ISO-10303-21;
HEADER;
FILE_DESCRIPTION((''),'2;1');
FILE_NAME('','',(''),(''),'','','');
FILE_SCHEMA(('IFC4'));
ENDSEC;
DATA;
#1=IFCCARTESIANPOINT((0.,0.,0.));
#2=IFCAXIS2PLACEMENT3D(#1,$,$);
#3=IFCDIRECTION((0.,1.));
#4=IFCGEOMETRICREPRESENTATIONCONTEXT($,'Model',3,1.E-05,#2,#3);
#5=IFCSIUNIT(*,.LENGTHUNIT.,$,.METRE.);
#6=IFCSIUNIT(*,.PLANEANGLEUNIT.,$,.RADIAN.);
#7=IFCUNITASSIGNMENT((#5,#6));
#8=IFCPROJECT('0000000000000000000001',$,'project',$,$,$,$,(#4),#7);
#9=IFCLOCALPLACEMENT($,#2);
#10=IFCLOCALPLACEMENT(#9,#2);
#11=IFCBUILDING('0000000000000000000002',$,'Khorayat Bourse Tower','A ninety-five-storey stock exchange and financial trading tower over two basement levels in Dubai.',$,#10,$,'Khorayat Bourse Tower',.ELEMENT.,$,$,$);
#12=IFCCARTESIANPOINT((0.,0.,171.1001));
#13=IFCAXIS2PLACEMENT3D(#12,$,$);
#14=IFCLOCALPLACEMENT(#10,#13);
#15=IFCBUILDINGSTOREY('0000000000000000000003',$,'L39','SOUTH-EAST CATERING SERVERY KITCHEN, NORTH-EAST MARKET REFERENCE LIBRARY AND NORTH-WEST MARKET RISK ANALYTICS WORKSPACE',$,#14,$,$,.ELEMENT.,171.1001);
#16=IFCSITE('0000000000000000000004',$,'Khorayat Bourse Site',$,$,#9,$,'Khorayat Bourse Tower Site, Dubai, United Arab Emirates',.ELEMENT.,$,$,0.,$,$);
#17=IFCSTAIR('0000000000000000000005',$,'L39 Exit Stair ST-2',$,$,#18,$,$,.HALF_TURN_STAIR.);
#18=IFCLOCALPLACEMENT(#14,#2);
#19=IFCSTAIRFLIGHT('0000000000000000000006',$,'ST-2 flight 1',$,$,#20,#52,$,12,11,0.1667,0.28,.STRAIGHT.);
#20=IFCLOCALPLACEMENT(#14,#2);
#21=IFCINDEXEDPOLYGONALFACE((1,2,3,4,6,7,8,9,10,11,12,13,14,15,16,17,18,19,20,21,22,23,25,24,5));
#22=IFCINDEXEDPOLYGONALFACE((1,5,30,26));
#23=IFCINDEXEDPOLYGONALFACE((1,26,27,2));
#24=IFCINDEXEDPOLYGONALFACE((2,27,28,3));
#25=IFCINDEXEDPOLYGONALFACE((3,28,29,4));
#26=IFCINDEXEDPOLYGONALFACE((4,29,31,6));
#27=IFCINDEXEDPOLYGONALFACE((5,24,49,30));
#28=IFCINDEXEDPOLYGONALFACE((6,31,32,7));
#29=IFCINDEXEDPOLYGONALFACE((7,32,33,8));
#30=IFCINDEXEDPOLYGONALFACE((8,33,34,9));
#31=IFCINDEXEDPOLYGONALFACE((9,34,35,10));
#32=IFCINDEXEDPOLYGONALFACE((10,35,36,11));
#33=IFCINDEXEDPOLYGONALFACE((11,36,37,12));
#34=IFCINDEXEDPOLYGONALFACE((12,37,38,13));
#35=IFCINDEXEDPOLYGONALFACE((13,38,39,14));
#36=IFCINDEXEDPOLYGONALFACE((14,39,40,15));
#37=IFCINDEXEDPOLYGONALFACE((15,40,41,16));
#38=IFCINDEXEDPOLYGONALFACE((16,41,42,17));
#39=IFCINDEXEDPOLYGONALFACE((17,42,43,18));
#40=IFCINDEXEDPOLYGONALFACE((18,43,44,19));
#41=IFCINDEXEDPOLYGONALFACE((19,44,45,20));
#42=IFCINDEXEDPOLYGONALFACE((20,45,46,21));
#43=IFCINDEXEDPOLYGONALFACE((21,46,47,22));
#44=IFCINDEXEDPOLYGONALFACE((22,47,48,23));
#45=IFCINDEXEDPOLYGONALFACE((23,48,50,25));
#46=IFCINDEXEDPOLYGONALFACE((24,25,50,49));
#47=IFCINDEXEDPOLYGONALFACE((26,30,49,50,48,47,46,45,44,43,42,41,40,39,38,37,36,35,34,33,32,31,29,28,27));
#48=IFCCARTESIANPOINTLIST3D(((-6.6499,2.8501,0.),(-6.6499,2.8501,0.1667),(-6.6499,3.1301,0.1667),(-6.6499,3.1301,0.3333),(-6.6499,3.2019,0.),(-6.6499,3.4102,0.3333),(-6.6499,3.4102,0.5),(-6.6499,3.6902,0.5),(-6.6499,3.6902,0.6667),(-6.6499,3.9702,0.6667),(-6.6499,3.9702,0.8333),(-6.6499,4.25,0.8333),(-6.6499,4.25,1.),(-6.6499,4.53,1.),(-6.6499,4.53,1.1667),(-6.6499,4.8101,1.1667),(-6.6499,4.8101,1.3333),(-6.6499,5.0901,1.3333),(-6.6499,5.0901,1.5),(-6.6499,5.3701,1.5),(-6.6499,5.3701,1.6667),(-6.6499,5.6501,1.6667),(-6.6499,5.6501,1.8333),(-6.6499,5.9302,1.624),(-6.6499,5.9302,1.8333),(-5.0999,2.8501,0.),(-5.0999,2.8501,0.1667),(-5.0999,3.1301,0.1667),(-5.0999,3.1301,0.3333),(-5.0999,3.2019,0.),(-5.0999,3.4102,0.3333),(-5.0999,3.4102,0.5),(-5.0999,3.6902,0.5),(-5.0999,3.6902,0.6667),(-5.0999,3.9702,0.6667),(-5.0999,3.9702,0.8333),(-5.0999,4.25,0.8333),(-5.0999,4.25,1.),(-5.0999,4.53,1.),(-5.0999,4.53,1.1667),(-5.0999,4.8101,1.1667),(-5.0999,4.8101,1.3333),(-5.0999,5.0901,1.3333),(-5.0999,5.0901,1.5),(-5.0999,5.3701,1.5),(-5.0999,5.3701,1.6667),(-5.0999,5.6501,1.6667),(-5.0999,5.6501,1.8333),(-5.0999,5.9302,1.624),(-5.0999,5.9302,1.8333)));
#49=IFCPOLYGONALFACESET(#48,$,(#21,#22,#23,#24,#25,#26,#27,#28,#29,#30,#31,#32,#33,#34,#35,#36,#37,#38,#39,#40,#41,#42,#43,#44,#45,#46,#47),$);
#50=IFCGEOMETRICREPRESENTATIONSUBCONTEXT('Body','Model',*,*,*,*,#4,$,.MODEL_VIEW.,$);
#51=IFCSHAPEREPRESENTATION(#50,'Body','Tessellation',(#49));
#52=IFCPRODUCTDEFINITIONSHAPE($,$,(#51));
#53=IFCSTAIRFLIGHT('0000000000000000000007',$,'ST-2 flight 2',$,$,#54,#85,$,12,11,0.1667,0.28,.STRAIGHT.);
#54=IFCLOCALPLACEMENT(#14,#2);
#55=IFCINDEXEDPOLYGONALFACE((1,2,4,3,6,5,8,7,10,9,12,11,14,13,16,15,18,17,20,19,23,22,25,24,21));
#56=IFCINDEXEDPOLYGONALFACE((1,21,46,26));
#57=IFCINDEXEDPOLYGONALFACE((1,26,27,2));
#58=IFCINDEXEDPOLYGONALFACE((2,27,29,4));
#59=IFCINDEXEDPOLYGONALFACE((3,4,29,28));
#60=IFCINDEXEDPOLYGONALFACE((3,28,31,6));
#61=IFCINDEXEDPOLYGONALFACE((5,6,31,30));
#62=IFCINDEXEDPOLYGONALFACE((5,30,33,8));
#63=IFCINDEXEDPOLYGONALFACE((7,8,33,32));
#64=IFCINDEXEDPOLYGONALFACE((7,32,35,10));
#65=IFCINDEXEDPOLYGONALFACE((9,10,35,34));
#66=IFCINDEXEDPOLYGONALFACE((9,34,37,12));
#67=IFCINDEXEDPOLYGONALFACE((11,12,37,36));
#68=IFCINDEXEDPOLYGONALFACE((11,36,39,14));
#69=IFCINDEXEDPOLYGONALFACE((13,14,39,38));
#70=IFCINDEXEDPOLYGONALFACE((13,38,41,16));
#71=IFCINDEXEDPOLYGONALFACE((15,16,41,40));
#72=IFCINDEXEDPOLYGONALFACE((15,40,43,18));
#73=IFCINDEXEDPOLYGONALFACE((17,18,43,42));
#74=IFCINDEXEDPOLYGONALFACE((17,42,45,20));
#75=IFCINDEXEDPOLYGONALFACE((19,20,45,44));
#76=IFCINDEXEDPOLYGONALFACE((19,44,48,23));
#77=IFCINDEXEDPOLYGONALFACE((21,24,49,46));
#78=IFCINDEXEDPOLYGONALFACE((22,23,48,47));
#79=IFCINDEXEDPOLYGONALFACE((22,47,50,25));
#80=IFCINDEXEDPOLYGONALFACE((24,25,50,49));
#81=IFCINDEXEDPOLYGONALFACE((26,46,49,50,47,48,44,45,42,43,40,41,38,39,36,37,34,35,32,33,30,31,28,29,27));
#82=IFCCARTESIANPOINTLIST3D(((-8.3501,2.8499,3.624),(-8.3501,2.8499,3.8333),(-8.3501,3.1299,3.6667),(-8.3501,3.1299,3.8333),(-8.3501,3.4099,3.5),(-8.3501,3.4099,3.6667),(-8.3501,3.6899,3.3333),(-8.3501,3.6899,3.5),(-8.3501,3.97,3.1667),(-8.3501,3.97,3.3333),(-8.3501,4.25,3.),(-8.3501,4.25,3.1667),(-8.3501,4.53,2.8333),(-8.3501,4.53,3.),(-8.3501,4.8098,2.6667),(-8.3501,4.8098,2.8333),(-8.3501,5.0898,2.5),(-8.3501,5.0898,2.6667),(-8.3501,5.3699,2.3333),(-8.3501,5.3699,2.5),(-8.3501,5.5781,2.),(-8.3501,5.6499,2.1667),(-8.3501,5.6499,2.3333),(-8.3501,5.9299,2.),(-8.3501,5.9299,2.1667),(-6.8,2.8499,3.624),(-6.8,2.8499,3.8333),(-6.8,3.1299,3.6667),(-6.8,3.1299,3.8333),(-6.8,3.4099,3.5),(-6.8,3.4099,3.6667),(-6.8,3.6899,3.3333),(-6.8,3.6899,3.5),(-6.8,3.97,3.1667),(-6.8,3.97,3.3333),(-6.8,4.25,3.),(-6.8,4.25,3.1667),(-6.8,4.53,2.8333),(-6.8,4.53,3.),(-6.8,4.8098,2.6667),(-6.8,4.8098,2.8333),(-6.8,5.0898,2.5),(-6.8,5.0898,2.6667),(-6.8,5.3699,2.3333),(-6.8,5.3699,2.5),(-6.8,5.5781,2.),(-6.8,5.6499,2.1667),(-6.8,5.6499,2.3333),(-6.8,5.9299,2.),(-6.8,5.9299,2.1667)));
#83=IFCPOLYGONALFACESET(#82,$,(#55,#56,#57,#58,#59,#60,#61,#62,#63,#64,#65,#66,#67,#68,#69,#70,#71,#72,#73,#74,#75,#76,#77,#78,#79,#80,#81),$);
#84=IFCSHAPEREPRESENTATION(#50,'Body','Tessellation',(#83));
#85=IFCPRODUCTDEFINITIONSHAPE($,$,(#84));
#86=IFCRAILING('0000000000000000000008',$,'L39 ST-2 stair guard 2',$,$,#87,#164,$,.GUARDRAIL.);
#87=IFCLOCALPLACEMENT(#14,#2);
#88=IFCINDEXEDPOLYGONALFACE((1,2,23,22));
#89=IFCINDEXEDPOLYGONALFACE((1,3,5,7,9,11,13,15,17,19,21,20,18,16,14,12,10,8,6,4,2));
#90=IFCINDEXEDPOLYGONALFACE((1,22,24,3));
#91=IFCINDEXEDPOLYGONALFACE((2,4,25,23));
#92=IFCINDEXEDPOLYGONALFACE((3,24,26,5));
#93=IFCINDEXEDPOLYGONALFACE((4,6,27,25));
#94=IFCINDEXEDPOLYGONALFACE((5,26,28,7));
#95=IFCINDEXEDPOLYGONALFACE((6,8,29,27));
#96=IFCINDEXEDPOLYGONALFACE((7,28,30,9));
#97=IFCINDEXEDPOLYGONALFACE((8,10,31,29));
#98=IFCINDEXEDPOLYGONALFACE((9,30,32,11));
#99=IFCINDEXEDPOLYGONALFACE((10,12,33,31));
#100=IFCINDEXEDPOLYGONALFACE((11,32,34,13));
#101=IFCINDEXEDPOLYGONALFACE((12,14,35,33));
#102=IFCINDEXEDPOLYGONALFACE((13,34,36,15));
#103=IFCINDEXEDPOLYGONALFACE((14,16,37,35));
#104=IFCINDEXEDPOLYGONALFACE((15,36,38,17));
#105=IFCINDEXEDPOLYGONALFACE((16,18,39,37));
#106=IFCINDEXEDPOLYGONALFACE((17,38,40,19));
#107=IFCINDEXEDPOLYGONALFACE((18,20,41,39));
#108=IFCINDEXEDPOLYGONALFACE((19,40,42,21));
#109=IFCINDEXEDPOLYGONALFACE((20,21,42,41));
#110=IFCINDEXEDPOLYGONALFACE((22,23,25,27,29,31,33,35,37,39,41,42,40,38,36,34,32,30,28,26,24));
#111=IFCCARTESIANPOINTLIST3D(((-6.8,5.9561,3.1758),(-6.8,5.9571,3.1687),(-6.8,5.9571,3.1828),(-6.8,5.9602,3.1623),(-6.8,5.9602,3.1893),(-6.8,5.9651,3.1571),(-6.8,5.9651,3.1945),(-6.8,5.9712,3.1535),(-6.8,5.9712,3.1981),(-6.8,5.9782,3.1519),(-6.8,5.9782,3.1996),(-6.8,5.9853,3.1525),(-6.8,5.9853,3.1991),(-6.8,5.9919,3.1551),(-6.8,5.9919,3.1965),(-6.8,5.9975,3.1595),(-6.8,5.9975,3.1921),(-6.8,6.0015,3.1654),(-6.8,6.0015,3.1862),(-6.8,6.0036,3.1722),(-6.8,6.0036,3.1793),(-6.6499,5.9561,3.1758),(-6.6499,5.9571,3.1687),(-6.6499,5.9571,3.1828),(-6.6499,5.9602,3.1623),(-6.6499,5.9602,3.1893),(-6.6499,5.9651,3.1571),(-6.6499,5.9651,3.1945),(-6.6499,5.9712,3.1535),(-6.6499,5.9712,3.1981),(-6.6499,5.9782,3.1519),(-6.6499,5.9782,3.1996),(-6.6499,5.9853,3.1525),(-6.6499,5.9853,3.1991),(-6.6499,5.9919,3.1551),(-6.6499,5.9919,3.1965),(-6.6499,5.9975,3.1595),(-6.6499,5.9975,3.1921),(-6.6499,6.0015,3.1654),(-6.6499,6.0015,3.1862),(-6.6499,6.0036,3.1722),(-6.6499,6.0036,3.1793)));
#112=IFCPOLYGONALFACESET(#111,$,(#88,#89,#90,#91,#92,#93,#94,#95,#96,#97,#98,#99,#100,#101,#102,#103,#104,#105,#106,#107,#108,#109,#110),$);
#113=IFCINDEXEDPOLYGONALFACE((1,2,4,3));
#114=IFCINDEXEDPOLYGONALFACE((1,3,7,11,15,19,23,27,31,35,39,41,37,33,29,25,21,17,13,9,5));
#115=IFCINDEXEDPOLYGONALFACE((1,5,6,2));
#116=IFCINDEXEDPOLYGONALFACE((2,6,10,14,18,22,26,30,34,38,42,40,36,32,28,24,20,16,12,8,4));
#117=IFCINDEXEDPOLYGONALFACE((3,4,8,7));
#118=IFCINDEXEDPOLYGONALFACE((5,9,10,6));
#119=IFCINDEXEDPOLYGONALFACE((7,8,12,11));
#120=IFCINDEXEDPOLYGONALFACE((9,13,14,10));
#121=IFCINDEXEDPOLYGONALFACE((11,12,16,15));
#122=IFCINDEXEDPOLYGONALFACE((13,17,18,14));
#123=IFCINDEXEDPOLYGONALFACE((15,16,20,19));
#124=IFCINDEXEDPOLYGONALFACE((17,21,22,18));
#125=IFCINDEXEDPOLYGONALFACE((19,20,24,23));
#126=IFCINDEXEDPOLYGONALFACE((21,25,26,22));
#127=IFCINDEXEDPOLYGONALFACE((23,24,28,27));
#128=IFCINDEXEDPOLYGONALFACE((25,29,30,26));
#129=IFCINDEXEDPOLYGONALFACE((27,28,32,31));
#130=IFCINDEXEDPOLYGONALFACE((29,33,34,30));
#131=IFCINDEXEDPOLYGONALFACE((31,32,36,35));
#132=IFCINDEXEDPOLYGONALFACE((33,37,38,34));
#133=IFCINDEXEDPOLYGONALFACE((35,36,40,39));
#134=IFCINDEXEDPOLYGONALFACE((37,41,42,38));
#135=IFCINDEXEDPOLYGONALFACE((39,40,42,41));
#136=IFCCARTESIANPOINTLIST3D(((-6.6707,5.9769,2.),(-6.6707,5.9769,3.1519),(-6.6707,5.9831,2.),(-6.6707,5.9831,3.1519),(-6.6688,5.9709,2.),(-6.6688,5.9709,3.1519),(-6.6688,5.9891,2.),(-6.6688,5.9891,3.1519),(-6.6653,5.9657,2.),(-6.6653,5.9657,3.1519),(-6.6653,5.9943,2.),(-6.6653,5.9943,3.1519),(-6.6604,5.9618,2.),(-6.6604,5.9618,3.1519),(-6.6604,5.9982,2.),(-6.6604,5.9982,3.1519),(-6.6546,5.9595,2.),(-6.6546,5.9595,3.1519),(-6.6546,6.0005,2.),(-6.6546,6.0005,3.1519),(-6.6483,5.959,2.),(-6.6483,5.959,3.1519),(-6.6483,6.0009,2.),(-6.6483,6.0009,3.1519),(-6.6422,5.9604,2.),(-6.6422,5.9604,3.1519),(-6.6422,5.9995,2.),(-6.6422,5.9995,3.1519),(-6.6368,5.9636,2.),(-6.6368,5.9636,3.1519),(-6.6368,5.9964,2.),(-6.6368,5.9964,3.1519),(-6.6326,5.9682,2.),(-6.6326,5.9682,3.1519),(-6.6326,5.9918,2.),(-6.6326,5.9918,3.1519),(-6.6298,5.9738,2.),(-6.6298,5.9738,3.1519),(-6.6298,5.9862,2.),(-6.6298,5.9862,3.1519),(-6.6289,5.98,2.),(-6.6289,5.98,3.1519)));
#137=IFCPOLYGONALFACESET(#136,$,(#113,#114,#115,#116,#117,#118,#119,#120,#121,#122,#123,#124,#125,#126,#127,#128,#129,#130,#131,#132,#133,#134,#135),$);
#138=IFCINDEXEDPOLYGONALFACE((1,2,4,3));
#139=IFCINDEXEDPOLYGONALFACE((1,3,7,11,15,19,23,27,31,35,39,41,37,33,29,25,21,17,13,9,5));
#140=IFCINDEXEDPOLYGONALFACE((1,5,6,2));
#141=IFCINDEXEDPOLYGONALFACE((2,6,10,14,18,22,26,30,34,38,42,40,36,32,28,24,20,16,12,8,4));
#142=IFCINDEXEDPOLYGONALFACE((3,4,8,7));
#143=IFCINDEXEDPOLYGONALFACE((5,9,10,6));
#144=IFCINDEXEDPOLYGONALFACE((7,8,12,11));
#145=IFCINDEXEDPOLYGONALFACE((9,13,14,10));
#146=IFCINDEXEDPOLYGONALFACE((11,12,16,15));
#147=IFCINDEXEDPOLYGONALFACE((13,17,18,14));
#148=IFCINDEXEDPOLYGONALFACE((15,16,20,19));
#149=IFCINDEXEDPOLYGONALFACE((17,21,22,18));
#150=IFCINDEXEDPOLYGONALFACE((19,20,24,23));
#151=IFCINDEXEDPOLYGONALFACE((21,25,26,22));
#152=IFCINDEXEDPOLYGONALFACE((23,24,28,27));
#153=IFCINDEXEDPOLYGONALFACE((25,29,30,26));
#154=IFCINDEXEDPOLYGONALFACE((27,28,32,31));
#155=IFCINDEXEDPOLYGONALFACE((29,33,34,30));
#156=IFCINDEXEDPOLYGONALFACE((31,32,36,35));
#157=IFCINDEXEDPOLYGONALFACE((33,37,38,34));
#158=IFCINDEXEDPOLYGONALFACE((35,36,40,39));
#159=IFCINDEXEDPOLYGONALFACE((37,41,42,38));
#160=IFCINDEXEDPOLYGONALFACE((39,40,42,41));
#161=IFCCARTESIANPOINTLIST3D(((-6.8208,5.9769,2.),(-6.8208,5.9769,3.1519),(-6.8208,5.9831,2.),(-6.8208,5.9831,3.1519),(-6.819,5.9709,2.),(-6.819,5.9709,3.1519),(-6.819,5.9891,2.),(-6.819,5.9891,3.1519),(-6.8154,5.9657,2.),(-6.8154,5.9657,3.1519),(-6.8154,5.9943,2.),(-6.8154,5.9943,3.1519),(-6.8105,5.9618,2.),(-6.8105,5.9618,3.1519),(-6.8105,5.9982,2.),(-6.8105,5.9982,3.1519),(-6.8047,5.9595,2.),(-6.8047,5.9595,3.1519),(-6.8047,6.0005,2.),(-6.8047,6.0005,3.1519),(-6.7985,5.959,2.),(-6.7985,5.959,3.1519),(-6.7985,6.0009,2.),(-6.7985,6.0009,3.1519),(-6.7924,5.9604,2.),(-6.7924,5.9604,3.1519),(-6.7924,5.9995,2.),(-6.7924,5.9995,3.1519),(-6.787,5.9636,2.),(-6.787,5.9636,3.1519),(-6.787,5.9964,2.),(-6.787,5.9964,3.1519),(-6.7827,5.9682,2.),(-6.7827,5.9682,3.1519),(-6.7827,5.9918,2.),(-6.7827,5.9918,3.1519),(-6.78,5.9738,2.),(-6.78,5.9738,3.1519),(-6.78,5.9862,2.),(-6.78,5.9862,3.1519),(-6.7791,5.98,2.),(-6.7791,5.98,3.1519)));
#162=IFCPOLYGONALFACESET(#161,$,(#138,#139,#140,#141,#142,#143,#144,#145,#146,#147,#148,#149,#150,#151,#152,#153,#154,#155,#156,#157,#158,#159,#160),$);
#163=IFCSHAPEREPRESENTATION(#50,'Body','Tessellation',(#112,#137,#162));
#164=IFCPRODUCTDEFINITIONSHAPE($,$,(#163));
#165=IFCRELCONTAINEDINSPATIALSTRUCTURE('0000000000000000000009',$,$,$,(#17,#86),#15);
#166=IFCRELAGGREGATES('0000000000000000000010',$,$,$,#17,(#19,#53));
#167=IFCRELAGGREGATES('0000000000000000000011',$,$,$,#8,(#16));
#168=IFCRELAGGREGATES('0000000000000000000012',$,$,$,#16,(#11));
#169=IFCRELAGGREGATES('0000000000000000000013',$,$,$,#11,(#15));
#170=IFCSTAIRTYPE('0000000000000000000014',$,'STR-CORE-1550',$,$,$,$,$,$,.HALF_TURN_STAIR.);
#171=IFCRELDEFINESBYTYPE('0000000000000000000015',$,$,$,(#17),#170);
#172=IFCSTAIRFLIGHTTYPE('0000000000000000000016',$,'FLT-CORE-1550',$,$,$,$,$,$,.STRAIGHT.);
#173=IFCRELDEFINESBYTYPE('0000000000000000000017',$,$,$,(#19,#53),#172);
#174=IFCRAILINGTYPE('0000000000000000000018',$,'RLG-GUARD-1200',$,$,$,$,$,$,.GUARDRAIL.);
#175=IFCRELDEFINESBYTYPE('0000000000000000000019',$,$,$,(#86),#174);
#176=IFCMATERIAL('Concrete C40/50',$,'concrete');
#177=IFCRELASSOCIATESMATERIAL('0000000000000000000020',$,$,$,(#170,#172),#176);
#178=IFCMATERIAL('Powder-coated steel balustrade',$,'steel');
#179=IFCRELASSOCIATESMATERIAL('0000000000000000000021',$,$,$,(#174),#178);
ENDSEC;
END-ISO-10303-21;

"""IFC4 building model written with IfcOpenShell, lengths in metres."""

from ifc_helpers import new_model, si_unit, direction, frame, origin, origin_2d, place, context, subcontext, project, spatial, polyline, circle, outline, extrude, source, transform, mapped, material, type_object, element, aggregate, save


model = new_model("IFC4")

# Units and contexts
model_context = context("Model", 3, precision=1e-05, world=origin(), true_north=direction((0.0, 1.0)))
body_context = subcontext(model_context, "Body", "Model", "MODEL_VIEW")
ifc_project = project(units=[si_unit("LENGTHUNIT", "METRE"), si_unit("PLANEANGLEUNIT", "RADIAN")], contexts=[model_context])

# Site, building, storey
site_placement = place(None, origin())
site = spatial("IfcSite", under=ifc_project, at=site_placement, Name="Khorayat Bourse Site", LongName="Khorayat Bourse Tower Site, Dubai, United Arab Emirates", CompositionType="ELEMENT", RefElevation=0.0)
building_placement = place(site_placement, origin())
building = spatial("IfcBuilding", under=site, at=building_placement, Name="Khorayat Bourse Tower", Description="A ninety-five-storey stock exchange and financial trading tower over two basement levels in Dubai.", LongName="Khorayat Bourse Tower", CompositionType="ELEMENT")
storey_placement = place(building_placement, frame((0.0, 0.0, 171.1001)))
storey = spatial("IfcBuildingStorey", under=building, at=storey_placement, Name="L39", Description="SOUTH-EAST CATERING SERVERY KITCHEN, NORTH-EAST MARKET REFERENCE LIBRARY AND NORTH-WEST MARKET RISK ANALYTICS WORKSPACE", CompositionType="ELEMENT", Elevation=171.1001)

# Stair, stair flights
ifc_material_1 = material(Name="Concrete C40/50", Category="concrete")
stair_type = type_object("IfcStairType", Name="STR-CORE-1550", PredefinedType="HALF_TURN_STAIR", material=ifc_material_1)
stair_placement = place(storey_placement, origin())
stair = element("IfcStair", 1, at=stair_placement, inside=storey, type_object=stair_type, Name="L39 Exit Stair ST-2", PredefinedType="HALF_TURN_STAIR")
stair_flight_type = type_object("IfcStairFlightType", Name="FLT-CORE-1550", PredefinedType="STRAIGHT", material=ifc_material_1)
shared_shape_1 = source(origin(), body_context, "Body", "SweptSolid", [
    extrude(outline(polyline([(0.0, 0.0), (0.0, 0.1667), (0.28, 0.1667), (0.28, 0.3333), (0.5601, 0.3333), (0.5601, 0.5), (0.8401, 0.5), (0.8401, 0.6667), (1.1201, 0.6667), (1.1201, 0.8333), (1.3999, 0.8333), (1.3999, 1.0), (1.6799, 1.0), (1.6799, 1.1667), (1.96, 1.1667), (1.96, 1.3333), (2.24, 1.3333), (2.24, 1.5), (2.52, 1.5), (2.52, 1.6667), (2.8, 1.6667), (2.8, 1.8333), (3.0801, 1.8333), (3.0801, 2.0), (3.0801, 1.624), (0.3518, 0.0), (0.0, 0.0)])), frame((0.0, 0.7749, 0.0), z_axis=(0.0, -1.0, 0.0), x_axis=(1.0, 0.0, 0.0)), (0.0, 0.0, 1.0), 1.55),
])
stair_flight_1_placement = place(storey_placement, frame((-5.875, 2.8501, 0.0), z_axis=(0.0, 0.0, 1.0), x_axis=(0.0, 1.0, 0.0)))
stair_flight_1 = element("IfcStairFlight", 2, at=stair_flight_1_placement, type_object=stair_flight_type, Name="ST-2 flight 1", NumberOfRisers=12, NumberOfTreads=11, PredefinedType="STRAIGHT", RiserHeight=0.1667, TreadLength=0.28, context=body_context, shape_type="MappedRepresentation", body=[
    mapped(shared_shape_1, transform((0.0, 0.0, 0.0), scale=1.0)),
])
stair_flight_2_placement = place(storey_placement, frame((-7.575, 5.9299, 2.0), z_axis=(0.0, 0.0, 1.0), x_axis=(0.0, -1.0, 0.0)))
stair_flight_2 = element("IfcStairFlight", 3, at=stair_flight_2_placement, type_object=stair_flight_type, Name="ST-2 flight 2", NumberOfRisers=12, NumberOfTreads=11, PredefinedType="STRAIGHT", RiserHeight=0.1667, TreadLength=0.28, context=body_context, shape_type="MappedRepresentation", body=[
    mapped(shared_shape_1, transform((0.0, 0.0, 0.0), scale=1.0)),
])
aggregate(stair, [stair_flight_1, stair_flight_2])

# Railing
ifc_material_2 = material(Name="Powder-coated steel balustrade", Category="steel")
railing_type_1 = type_object("IfcRailingType", Name="RLG-GUARD-1200", PredefinedType="GUARDRAIL", material=ifc_material_2)
shared_shape_2 = source(origin(), body_context, "Body", "SweptSolid", [
    extrude(circle(Radius=0.0239, at=origin_2d()), frame((0.0, 0.0, 1.1758), z_axis=(-1.0, 0.0, 0.0), x_axis=(0.0, -1.0, 0.0)), (0.0, 0.0, 1.0), 0.1501),
    extrude(circle(Radius=0.021, at=origin_2d()), origin(), (0.0, 0.0, 1.0), 1.1519),
    extrude(circle(Radius=0.021, at=origin_2d()), frame((-0.1501, 0.0, 0.0)), (0.0, 0.0, 1.0), 1.1519),
])
for number, where, name in (
    (4, (-6.6499, 5.98, 2.0), "L39 ST-2 stair guard 2"),
):
    element("IfcRailing", number, at=place(storey_placement, frame(where)), inside=storey, type_object=railing_type_1, Name=name, PredefinedType="GUARDRAIL", context=body_context, shape_type="MappedRepresentation", body=[
        mapped(shared_shape_2, transform((0.0, 0.0, 0.0), scale=1.0)),
    ])

save(model, "model.ifc")
